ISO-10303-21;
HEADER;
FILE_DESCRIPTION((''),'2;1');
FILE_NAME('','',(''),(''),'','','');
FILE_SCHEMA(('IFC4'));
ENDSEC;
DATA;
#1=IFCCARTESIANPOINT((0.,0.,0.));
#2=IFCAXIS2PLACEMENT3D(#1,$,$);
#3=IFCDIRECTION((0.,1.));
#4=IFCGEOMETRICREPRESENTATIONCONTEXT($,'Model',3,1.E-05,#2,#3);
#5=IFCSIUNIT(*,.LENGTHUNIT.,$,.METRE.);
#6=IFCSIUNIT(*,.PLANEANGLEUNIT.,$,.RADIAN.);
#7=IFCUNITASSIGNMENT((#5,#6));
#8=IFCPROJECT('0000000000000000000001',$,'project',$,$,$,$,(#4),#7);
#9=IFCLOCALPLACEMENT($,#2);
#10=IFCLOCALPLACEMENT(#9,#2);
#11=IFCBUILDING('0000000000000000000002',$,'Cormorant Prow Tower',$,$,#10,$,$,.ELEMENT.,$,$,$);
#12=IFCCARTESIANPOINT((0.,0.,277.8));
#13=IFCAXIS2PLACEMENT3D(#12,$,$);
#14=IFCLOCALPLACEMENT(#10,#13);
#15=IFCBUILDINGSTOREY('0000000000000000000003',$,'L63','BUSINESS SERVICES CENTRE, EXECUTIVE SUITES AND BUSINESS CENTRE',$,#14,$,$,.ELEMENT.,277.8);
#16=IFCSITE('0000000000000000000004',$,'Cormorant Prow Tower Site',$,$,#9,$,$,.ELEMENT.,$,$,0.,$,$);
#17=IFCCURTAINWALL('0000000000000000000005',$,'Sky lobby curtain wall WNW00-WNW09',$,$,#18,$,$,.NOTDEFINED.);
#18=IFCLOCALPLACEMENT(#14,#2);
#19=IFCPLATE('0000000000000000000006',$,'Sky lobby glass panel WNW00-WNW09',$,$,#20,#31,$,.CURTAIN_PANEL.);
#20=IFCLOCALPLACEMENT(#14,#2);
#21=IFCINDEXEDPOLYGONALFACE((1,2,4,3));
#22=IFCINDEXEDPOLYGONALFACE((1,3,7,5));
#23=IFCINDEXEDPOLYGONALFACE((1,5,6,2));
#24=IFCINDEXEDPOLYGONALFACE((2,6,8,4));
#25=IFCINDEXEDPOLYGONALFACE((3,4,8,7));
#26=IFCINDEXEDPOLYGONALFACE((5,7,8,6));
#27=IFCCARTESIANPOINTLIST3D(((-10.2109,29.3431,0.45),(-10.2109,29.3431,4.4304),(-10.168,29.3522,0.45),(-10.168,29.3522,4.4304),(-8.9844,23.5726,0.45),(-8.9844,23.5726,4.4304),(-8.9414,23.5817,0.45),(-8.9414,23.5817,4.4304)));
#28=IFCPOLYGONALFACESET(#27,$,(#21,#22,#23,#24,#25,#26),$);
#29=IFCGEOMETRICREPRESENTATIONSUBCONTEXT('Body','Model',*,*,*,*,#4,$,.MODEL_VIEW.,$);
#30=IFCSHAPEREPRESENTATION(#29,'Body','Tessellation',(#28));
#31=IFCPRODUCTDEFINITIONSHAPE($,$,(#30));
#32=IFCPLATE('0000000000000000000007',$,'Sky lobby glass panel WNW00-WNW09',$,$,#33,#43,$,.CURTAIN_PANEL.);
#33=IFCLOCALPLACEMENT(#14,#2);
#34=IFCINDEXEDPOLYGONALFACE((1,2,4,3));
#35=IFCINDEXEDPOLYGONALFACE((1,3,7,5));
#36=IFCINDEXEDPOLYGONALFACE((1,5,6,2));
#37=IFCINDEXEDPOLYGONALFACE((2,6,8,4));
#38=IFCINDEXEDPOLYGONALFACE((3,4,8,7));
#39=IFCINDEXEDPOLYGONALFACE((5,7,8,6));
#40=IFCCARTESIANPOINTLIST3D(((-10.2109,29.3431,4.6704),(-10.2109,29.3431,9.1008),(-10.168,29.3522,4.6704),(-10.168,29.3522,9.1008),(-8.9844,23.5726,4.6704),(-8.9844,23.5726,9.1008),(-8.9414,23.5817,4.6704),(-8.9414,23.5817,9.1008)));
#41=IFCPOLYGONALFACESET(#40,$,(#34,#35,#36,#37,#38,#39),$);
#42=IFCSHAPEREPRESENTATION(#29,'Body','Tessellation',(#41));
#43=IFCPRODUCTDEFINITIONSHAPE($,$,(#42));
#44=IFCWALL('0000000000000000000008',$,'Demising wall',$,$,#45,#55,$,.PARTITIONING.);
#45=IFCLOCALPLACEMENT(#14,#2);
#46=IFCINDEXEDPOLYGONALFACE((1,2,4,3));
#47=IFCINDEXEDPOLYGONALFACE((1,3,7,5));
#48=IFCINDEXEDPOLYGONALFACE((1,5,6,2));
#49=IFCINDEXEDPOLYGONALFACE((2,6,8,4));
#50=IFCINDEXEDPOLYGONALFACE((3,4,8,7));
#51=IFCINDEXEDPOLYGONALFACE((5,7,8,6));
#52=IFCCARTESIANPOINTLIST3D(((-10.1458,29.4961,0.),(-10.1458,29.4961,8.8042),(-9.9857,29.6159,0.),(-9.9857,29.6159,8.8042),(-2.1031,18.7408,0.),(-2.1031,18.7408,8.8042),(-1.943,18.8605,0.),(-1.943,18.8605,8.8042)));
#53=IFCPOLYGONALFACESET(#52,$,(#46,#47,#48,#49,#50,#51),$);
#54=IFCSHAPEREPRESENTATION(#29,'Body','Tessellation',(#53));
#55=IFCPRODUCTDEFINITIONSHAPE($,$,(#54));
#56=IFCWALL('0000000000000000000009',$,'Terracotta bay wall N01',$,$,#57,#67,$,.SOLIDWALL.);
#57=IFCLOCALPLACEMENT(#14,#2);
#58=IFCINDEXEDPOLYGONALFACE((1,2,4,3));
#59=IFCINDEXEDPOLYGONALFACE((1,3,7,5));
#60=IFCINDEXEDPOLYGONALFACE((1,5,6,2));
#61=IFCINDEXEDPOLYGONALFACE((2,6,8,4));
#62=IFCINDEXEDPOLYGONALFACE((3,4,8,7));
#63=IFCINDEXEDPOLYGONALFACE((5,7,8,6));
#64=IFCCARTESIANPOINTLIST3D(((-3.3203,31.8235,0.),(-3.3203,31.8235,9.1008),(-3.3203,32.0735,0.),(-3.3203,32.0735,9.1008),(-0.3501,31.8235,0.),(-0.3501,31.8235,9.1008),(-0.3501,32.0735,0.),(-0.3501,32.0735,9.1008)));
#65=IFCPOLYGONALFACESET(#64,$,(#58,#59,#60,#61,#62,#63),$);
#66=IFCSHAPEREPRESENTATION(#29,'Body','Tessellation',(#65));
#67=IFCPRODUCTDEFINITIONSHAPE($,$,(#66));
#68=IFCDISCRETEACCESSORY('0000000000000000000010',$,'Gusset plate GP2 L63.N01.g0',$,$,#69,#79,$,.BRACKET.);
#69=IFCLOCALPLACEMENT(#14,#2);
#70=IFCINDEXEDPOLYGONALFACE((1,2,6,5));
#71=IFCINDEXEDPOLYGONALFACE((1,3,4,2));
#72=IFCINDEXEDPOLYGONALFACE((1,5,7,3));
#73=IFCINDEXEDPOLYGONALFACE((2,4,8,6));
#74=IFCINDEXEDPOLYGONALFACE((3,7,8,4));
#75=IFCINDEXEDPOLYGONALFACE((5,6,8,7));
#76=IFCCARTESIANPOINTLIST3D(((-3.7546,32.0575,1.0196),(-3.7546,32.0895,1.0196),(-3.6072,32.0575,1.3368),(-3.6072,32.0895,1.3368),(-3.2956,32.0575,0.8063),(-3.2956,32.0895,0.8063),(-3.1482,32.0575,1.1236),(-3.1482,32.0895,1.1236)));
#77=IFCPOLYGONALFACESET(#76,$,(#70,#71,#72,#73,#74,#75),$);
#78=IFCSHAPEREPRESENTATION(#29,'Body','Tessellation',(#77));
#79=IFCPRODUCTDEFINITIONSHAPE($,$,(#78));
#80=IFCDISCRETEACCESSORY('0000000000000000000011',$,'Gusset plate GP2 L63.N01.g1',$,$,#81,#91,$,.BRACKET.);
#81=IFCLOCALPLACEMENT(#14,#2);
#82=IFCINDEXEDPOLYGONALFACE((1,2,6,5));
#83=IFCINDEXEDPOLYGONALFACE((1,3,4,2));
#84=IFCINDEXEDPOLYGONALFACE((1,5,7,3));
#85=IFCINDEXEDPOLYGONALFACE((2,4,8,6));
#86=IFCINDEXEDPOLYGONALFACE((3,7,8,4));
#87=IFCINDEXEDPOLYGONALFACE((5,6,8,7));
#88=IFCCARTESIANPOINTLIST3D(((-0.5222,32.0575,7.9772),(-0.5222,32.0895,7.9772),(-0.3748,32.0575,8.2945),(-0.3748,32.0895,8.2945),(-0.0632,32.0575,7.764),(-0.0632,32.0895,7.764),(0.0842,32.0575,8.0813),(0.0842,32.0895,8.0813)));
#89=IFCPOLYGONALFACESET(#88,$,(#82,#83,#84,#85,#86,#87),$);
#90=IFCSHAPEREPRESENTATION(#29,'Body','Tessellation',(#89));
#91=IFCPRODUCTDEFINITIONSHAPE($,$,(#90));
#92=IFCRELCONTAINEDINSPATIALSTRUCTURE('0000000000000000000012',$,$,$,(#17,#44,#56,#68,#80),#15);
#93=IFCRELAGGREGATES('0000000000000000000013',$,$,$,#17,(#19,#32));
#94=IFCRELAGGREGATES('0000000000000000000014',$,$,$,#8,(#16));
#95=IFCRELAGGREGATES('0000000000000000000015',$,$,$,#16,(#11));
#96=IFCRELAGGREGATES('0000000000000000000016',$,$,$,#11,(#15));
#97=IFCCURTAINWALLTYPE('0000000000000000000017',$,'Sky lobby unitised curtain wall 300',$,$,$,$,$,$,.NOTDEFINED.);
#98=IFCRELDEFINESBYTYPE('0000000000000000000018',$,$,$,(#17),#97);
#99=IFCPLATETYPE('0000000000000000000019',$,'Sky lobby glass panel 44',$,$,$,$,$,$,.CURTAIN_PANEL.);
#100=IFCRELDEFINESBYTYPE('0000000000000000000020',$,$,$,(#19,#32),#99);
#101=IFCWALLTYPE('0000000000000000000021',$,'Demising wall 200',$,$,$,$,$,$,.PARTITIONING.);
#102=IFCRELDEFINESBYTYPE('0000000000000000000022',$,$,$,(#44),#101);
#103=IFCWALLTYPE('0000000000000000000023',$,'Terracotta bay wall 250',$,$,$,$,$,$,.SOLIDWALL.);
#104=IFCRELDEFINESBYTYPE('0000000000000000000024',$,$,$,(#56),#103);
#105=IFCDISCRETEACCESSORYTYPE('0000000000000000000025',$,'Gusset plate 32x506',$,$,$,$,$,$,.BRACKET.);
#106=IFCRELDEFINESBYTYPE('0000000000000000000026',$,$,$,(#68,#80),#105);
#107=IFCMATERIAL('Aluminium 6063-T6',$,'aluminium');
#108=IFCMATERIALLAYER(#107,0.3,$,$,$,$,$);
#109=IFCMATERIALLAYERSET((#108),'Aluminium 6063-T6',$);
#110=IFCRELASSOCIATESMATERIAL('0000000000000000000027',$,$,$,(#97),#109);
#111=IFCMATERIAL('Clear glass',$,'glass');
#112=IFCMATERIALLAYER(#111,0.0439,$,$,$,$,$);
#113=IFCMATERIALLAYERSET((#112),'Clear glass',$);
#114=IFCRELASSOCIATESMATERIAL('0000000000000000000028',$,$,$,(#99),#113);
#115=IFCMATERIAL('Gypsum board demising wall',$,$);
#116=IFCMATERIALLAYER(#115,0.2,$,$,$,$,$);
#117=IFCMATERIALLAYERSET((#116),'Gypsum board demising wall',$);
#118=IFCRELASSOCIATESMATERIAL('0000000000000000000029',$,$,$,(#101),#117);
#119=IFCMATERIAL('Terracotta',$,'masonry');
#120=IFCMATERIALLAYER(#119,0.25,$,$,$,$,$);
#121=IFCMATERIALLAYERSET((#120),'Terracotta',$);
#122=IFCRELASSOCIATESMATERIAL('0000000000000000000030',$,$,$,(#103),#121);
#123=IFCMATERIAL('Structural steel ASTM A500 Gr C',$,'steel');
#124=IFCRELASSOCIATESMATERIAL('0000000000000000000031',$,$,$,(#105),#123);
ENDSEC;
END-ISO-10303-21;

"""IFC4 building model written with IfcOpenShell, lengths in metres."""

from ifc_helpers import new_model, si_unit, direction, frame, frame_2d, origin, origin_2d, place, context, subcontext, project, spatial, rectangle, extrude, material, layer, layer_set, material_profile, profile_set, type_object, element, aggregate, save


model = new_model("IFC4")

# Units and contexts
model_context = context("Model", 3, precision=1e-05, world=origin(), true_north=direction((0.0, 1.0)))
body_context = subcontext(model_context, "Body", "Model", "MODEL_VIEW")
ifc_project = project(units=[si_unit("LENGTHUNIT", "METRE"), si_unit("PLANEANGLEUNIT", "RADIAN")], contexts=[model_context])

# Site, building, storey
site_placement = place(None, origin())
site = spatial("IfcSite", under=ifc_project, at=site_placement, Name="Cormorant Prow Tower Site", CompositionType="ELEMENT", RefElevation=0.0)
building_placement = place(site_placement, origin())
building = spatial("IfcBuilding", under=site, at=building_placement, Name="Cormorant Prow Tower", CompositionType="ELEMENT")
storey_placement = place(building_placement, frame((0.0, 0.0, 277.8)))
storey = spatial("IfcBuildingStorey", under=building, at=storey_placement, Name="L63", Description="BUSINESS SERVICES CENTRE, EXECUTIVE SUITES AND BUSINESS CENTRE", CompositionType="ELEMENT", Elevation=277.8)

# Curtain wall
ifc_material_1 = material(Name="Aluminium 6063-T6", Category="aluminium")
ifc_layer_1 = layer(ifc_material_1, 0.3)
ifc_layer_set_1 = layer_set([ifc_layer_1], Name="Aluminium 6063-T6")
curtain_wall_type = type_object("IfcCurtainWallType", Name="Sky lobby unitised curtain wall 300", PredefinedType="NOTDEFINED", material=ifc_layer_set_1)
curtain_wall_placement = place(storey_placement, origin())
curtain_wall = element("IfcCurtainWall", 1, at=curtain_wall_placement, inside=storey, type_object=curtain_wall_type, Name="Sky lobby curtain wall WNW00-WNW09", PredefinedType="NOTDEFINED")

# Plates
ifc_material_2 = material(Name="Clear glass", Category="glass")
ifc_layer_2 = layer(ifc_material_2, 0.0439)
ifc_layer_set_2 = layer_set([ifc_layer_2], Name="Clear glass")
plate_type = type_object("IfcPlateType", Name="Sky lobby glass panel 44", PredefinedType="CURTAIN_PANEL", material=ifc_layer_set_2)
plate_1_placement = place(storey_placement, frame((-9.5762, 26.4624, 0.45), z_axis=(0.0, 0.0, 1.0), x_axis=(0.207912, -0.978148, 0.0)))
plate_1 = element("IfcPlate", 2, at=plate_1_placement, type_object=plate_type, Name="Sky lobby glass panel WNW00-WNW09", PredefinedType="CURTAIN_PANEL", context=body_context, shape_type="SweptSolid", body=[
    extrude(rectangle(XDim=5.8994, YDim=0.0439, at=origin_2d()), origin(), (0.0, 0.0, 1.0), 3.9805),
])
plate_2_placement = place(storey_placement, frame((-9.5762, 26.4624, 4.6704), z_axis=(0.0, 0.0, 1.0), x_axis=(0.207912, -0.978148, 0.0)))
plate_2 = element("IfcPlate", 3, at=plate_2_placement, type_object=plate_type, Name="Sky lobby glass panel WNW00-WNW09", PredefinedType="CURTAIN_PANEL", context=body_context, shape_type="SweptSolid", body=[
    extrude(rectangle(XDim=5.8994, YDim=0.0439, at=origin_2d()), origin(), (0.0, 0.0, 1.0), 4.4304),
])
aggregate(curtain_wall, [plate_1, plate_2])

# Walls
ifc_material_3 = material(Name="Gypsum board demising wall")
ifc_layer_3 = layer(ifc_material_3, 0.2)
ifc_layer_set_3 = layer_set([ifc_layer_3], Name="Gypsum board demising wall")
wall_type_1 = type_object("IfcWallType", Name="Demising wall 200", PredefinedType="PARTITIONING", material=ifc_layer_set_3)
wall_1_placement = place(storey_placement, frame((-10.0657, 29.5559, 0.0), z_axis=(0.0, 0.0, 1.0), x_axis=(0.598865, -0.80085, 0.0)))
element("IfcWall", 4, at=wall_1_placement, inside=storey, type_object=wall_type_1, Name="Demising wall", PredefinedType="PARTITIONING", context=body_context, shape_type="SweptSolid", body=[
    extrude(rectangle(XDim=13.4299, YDim=0.2, at=frame_2d((6.7148, 0.0))), origin(), (0.0, 0.0, 1.0), 8.8042),
])
ifc_material_4 = material(Name="Terracotta", Category="masonry")
ifc_layer_4 = layer(ifc_material_4, 0.25)
ifc_layer_set_4 = layer_set([ifc_layer_4], Name="Terracotta")
wall_type_2 = type_object("IfcWallType", Name="Terracotta bay wall 250", PredefinedType="SOLIDWALL", material=ifc_layer_set_4)
wall_2_placement = place(storey_placement, frame((-0.3501, 31.9485, 0.0), z_axis=(0.0, 0.0, 1.0), x_axis=(-1.0, 0.0, 0.0)))
element("IfcWall", 5, at=wall_2_placement, inside=storey, type_object=wall_type_2, Name="Terracotta bay wall N01", PredefinedType="SOLIDWALL", context=body_context, shape_type="SweptSolid", body=[
    extrude(rectangle(XDim=2.9702, YDim=0.25, at=frame_2d((1.4851, 0.0))), origin(), (0.0, 0.0, 1.0), 9.1008),
])

# Discrete accessories
ifc_material_5 = material(Name="Structural steel ASTM A500 Gr C", Category="steel")
ifc_material_profile_1 = material_profile(ifc_material_5, rectangle(XDim=0.032, YDim=0.5061, at=origin_2d()), Name="Gusset plate 32x506")
ifc_profile_set_1 = profile_set([ifc_material_profile_1], Name="Structural steel ASTM A500 Gr C")
discrete_accessory_type = type_object("IfcDiscreteAccessoryType", Name="Gusset plate 32x506", PredefinedType="BRACKET", material=ifc_profile_set_1)
for number, where, z_axis, x_axis, name in (
    (6, (-3.3777, 32.0735, 1.2302), (-0.421357, 0.0, -0.906895), (0.0, -1.0, 0.0), "Gusset plate GP2 L63.N01.g0"),
    (7, (-0.2927, 32.0735, 7.8706), (0.421357, 0.0, 0.906895), (0.0, 1.0, 0.0), "Gusset plate GP2 L63.N01.g1"),
):
    element("IfcDiscreteAccessory", number, at=place(storey_placement, frame(where, z_axis=z_axis, x_axis=x_axis)), inside=storey, type_object=discrete_accessory_type, Name=name, PredefinedType="BRACKET", context=body_context, shape_type="SweptSolid", body=[
        extrude(rectangle(XDim=0.032, YDim=0.5061, at=origin_2d()), origin(), (0.0, 0.0, 1.0), 0.3499),
    ])

save(model, "model.ifc")
